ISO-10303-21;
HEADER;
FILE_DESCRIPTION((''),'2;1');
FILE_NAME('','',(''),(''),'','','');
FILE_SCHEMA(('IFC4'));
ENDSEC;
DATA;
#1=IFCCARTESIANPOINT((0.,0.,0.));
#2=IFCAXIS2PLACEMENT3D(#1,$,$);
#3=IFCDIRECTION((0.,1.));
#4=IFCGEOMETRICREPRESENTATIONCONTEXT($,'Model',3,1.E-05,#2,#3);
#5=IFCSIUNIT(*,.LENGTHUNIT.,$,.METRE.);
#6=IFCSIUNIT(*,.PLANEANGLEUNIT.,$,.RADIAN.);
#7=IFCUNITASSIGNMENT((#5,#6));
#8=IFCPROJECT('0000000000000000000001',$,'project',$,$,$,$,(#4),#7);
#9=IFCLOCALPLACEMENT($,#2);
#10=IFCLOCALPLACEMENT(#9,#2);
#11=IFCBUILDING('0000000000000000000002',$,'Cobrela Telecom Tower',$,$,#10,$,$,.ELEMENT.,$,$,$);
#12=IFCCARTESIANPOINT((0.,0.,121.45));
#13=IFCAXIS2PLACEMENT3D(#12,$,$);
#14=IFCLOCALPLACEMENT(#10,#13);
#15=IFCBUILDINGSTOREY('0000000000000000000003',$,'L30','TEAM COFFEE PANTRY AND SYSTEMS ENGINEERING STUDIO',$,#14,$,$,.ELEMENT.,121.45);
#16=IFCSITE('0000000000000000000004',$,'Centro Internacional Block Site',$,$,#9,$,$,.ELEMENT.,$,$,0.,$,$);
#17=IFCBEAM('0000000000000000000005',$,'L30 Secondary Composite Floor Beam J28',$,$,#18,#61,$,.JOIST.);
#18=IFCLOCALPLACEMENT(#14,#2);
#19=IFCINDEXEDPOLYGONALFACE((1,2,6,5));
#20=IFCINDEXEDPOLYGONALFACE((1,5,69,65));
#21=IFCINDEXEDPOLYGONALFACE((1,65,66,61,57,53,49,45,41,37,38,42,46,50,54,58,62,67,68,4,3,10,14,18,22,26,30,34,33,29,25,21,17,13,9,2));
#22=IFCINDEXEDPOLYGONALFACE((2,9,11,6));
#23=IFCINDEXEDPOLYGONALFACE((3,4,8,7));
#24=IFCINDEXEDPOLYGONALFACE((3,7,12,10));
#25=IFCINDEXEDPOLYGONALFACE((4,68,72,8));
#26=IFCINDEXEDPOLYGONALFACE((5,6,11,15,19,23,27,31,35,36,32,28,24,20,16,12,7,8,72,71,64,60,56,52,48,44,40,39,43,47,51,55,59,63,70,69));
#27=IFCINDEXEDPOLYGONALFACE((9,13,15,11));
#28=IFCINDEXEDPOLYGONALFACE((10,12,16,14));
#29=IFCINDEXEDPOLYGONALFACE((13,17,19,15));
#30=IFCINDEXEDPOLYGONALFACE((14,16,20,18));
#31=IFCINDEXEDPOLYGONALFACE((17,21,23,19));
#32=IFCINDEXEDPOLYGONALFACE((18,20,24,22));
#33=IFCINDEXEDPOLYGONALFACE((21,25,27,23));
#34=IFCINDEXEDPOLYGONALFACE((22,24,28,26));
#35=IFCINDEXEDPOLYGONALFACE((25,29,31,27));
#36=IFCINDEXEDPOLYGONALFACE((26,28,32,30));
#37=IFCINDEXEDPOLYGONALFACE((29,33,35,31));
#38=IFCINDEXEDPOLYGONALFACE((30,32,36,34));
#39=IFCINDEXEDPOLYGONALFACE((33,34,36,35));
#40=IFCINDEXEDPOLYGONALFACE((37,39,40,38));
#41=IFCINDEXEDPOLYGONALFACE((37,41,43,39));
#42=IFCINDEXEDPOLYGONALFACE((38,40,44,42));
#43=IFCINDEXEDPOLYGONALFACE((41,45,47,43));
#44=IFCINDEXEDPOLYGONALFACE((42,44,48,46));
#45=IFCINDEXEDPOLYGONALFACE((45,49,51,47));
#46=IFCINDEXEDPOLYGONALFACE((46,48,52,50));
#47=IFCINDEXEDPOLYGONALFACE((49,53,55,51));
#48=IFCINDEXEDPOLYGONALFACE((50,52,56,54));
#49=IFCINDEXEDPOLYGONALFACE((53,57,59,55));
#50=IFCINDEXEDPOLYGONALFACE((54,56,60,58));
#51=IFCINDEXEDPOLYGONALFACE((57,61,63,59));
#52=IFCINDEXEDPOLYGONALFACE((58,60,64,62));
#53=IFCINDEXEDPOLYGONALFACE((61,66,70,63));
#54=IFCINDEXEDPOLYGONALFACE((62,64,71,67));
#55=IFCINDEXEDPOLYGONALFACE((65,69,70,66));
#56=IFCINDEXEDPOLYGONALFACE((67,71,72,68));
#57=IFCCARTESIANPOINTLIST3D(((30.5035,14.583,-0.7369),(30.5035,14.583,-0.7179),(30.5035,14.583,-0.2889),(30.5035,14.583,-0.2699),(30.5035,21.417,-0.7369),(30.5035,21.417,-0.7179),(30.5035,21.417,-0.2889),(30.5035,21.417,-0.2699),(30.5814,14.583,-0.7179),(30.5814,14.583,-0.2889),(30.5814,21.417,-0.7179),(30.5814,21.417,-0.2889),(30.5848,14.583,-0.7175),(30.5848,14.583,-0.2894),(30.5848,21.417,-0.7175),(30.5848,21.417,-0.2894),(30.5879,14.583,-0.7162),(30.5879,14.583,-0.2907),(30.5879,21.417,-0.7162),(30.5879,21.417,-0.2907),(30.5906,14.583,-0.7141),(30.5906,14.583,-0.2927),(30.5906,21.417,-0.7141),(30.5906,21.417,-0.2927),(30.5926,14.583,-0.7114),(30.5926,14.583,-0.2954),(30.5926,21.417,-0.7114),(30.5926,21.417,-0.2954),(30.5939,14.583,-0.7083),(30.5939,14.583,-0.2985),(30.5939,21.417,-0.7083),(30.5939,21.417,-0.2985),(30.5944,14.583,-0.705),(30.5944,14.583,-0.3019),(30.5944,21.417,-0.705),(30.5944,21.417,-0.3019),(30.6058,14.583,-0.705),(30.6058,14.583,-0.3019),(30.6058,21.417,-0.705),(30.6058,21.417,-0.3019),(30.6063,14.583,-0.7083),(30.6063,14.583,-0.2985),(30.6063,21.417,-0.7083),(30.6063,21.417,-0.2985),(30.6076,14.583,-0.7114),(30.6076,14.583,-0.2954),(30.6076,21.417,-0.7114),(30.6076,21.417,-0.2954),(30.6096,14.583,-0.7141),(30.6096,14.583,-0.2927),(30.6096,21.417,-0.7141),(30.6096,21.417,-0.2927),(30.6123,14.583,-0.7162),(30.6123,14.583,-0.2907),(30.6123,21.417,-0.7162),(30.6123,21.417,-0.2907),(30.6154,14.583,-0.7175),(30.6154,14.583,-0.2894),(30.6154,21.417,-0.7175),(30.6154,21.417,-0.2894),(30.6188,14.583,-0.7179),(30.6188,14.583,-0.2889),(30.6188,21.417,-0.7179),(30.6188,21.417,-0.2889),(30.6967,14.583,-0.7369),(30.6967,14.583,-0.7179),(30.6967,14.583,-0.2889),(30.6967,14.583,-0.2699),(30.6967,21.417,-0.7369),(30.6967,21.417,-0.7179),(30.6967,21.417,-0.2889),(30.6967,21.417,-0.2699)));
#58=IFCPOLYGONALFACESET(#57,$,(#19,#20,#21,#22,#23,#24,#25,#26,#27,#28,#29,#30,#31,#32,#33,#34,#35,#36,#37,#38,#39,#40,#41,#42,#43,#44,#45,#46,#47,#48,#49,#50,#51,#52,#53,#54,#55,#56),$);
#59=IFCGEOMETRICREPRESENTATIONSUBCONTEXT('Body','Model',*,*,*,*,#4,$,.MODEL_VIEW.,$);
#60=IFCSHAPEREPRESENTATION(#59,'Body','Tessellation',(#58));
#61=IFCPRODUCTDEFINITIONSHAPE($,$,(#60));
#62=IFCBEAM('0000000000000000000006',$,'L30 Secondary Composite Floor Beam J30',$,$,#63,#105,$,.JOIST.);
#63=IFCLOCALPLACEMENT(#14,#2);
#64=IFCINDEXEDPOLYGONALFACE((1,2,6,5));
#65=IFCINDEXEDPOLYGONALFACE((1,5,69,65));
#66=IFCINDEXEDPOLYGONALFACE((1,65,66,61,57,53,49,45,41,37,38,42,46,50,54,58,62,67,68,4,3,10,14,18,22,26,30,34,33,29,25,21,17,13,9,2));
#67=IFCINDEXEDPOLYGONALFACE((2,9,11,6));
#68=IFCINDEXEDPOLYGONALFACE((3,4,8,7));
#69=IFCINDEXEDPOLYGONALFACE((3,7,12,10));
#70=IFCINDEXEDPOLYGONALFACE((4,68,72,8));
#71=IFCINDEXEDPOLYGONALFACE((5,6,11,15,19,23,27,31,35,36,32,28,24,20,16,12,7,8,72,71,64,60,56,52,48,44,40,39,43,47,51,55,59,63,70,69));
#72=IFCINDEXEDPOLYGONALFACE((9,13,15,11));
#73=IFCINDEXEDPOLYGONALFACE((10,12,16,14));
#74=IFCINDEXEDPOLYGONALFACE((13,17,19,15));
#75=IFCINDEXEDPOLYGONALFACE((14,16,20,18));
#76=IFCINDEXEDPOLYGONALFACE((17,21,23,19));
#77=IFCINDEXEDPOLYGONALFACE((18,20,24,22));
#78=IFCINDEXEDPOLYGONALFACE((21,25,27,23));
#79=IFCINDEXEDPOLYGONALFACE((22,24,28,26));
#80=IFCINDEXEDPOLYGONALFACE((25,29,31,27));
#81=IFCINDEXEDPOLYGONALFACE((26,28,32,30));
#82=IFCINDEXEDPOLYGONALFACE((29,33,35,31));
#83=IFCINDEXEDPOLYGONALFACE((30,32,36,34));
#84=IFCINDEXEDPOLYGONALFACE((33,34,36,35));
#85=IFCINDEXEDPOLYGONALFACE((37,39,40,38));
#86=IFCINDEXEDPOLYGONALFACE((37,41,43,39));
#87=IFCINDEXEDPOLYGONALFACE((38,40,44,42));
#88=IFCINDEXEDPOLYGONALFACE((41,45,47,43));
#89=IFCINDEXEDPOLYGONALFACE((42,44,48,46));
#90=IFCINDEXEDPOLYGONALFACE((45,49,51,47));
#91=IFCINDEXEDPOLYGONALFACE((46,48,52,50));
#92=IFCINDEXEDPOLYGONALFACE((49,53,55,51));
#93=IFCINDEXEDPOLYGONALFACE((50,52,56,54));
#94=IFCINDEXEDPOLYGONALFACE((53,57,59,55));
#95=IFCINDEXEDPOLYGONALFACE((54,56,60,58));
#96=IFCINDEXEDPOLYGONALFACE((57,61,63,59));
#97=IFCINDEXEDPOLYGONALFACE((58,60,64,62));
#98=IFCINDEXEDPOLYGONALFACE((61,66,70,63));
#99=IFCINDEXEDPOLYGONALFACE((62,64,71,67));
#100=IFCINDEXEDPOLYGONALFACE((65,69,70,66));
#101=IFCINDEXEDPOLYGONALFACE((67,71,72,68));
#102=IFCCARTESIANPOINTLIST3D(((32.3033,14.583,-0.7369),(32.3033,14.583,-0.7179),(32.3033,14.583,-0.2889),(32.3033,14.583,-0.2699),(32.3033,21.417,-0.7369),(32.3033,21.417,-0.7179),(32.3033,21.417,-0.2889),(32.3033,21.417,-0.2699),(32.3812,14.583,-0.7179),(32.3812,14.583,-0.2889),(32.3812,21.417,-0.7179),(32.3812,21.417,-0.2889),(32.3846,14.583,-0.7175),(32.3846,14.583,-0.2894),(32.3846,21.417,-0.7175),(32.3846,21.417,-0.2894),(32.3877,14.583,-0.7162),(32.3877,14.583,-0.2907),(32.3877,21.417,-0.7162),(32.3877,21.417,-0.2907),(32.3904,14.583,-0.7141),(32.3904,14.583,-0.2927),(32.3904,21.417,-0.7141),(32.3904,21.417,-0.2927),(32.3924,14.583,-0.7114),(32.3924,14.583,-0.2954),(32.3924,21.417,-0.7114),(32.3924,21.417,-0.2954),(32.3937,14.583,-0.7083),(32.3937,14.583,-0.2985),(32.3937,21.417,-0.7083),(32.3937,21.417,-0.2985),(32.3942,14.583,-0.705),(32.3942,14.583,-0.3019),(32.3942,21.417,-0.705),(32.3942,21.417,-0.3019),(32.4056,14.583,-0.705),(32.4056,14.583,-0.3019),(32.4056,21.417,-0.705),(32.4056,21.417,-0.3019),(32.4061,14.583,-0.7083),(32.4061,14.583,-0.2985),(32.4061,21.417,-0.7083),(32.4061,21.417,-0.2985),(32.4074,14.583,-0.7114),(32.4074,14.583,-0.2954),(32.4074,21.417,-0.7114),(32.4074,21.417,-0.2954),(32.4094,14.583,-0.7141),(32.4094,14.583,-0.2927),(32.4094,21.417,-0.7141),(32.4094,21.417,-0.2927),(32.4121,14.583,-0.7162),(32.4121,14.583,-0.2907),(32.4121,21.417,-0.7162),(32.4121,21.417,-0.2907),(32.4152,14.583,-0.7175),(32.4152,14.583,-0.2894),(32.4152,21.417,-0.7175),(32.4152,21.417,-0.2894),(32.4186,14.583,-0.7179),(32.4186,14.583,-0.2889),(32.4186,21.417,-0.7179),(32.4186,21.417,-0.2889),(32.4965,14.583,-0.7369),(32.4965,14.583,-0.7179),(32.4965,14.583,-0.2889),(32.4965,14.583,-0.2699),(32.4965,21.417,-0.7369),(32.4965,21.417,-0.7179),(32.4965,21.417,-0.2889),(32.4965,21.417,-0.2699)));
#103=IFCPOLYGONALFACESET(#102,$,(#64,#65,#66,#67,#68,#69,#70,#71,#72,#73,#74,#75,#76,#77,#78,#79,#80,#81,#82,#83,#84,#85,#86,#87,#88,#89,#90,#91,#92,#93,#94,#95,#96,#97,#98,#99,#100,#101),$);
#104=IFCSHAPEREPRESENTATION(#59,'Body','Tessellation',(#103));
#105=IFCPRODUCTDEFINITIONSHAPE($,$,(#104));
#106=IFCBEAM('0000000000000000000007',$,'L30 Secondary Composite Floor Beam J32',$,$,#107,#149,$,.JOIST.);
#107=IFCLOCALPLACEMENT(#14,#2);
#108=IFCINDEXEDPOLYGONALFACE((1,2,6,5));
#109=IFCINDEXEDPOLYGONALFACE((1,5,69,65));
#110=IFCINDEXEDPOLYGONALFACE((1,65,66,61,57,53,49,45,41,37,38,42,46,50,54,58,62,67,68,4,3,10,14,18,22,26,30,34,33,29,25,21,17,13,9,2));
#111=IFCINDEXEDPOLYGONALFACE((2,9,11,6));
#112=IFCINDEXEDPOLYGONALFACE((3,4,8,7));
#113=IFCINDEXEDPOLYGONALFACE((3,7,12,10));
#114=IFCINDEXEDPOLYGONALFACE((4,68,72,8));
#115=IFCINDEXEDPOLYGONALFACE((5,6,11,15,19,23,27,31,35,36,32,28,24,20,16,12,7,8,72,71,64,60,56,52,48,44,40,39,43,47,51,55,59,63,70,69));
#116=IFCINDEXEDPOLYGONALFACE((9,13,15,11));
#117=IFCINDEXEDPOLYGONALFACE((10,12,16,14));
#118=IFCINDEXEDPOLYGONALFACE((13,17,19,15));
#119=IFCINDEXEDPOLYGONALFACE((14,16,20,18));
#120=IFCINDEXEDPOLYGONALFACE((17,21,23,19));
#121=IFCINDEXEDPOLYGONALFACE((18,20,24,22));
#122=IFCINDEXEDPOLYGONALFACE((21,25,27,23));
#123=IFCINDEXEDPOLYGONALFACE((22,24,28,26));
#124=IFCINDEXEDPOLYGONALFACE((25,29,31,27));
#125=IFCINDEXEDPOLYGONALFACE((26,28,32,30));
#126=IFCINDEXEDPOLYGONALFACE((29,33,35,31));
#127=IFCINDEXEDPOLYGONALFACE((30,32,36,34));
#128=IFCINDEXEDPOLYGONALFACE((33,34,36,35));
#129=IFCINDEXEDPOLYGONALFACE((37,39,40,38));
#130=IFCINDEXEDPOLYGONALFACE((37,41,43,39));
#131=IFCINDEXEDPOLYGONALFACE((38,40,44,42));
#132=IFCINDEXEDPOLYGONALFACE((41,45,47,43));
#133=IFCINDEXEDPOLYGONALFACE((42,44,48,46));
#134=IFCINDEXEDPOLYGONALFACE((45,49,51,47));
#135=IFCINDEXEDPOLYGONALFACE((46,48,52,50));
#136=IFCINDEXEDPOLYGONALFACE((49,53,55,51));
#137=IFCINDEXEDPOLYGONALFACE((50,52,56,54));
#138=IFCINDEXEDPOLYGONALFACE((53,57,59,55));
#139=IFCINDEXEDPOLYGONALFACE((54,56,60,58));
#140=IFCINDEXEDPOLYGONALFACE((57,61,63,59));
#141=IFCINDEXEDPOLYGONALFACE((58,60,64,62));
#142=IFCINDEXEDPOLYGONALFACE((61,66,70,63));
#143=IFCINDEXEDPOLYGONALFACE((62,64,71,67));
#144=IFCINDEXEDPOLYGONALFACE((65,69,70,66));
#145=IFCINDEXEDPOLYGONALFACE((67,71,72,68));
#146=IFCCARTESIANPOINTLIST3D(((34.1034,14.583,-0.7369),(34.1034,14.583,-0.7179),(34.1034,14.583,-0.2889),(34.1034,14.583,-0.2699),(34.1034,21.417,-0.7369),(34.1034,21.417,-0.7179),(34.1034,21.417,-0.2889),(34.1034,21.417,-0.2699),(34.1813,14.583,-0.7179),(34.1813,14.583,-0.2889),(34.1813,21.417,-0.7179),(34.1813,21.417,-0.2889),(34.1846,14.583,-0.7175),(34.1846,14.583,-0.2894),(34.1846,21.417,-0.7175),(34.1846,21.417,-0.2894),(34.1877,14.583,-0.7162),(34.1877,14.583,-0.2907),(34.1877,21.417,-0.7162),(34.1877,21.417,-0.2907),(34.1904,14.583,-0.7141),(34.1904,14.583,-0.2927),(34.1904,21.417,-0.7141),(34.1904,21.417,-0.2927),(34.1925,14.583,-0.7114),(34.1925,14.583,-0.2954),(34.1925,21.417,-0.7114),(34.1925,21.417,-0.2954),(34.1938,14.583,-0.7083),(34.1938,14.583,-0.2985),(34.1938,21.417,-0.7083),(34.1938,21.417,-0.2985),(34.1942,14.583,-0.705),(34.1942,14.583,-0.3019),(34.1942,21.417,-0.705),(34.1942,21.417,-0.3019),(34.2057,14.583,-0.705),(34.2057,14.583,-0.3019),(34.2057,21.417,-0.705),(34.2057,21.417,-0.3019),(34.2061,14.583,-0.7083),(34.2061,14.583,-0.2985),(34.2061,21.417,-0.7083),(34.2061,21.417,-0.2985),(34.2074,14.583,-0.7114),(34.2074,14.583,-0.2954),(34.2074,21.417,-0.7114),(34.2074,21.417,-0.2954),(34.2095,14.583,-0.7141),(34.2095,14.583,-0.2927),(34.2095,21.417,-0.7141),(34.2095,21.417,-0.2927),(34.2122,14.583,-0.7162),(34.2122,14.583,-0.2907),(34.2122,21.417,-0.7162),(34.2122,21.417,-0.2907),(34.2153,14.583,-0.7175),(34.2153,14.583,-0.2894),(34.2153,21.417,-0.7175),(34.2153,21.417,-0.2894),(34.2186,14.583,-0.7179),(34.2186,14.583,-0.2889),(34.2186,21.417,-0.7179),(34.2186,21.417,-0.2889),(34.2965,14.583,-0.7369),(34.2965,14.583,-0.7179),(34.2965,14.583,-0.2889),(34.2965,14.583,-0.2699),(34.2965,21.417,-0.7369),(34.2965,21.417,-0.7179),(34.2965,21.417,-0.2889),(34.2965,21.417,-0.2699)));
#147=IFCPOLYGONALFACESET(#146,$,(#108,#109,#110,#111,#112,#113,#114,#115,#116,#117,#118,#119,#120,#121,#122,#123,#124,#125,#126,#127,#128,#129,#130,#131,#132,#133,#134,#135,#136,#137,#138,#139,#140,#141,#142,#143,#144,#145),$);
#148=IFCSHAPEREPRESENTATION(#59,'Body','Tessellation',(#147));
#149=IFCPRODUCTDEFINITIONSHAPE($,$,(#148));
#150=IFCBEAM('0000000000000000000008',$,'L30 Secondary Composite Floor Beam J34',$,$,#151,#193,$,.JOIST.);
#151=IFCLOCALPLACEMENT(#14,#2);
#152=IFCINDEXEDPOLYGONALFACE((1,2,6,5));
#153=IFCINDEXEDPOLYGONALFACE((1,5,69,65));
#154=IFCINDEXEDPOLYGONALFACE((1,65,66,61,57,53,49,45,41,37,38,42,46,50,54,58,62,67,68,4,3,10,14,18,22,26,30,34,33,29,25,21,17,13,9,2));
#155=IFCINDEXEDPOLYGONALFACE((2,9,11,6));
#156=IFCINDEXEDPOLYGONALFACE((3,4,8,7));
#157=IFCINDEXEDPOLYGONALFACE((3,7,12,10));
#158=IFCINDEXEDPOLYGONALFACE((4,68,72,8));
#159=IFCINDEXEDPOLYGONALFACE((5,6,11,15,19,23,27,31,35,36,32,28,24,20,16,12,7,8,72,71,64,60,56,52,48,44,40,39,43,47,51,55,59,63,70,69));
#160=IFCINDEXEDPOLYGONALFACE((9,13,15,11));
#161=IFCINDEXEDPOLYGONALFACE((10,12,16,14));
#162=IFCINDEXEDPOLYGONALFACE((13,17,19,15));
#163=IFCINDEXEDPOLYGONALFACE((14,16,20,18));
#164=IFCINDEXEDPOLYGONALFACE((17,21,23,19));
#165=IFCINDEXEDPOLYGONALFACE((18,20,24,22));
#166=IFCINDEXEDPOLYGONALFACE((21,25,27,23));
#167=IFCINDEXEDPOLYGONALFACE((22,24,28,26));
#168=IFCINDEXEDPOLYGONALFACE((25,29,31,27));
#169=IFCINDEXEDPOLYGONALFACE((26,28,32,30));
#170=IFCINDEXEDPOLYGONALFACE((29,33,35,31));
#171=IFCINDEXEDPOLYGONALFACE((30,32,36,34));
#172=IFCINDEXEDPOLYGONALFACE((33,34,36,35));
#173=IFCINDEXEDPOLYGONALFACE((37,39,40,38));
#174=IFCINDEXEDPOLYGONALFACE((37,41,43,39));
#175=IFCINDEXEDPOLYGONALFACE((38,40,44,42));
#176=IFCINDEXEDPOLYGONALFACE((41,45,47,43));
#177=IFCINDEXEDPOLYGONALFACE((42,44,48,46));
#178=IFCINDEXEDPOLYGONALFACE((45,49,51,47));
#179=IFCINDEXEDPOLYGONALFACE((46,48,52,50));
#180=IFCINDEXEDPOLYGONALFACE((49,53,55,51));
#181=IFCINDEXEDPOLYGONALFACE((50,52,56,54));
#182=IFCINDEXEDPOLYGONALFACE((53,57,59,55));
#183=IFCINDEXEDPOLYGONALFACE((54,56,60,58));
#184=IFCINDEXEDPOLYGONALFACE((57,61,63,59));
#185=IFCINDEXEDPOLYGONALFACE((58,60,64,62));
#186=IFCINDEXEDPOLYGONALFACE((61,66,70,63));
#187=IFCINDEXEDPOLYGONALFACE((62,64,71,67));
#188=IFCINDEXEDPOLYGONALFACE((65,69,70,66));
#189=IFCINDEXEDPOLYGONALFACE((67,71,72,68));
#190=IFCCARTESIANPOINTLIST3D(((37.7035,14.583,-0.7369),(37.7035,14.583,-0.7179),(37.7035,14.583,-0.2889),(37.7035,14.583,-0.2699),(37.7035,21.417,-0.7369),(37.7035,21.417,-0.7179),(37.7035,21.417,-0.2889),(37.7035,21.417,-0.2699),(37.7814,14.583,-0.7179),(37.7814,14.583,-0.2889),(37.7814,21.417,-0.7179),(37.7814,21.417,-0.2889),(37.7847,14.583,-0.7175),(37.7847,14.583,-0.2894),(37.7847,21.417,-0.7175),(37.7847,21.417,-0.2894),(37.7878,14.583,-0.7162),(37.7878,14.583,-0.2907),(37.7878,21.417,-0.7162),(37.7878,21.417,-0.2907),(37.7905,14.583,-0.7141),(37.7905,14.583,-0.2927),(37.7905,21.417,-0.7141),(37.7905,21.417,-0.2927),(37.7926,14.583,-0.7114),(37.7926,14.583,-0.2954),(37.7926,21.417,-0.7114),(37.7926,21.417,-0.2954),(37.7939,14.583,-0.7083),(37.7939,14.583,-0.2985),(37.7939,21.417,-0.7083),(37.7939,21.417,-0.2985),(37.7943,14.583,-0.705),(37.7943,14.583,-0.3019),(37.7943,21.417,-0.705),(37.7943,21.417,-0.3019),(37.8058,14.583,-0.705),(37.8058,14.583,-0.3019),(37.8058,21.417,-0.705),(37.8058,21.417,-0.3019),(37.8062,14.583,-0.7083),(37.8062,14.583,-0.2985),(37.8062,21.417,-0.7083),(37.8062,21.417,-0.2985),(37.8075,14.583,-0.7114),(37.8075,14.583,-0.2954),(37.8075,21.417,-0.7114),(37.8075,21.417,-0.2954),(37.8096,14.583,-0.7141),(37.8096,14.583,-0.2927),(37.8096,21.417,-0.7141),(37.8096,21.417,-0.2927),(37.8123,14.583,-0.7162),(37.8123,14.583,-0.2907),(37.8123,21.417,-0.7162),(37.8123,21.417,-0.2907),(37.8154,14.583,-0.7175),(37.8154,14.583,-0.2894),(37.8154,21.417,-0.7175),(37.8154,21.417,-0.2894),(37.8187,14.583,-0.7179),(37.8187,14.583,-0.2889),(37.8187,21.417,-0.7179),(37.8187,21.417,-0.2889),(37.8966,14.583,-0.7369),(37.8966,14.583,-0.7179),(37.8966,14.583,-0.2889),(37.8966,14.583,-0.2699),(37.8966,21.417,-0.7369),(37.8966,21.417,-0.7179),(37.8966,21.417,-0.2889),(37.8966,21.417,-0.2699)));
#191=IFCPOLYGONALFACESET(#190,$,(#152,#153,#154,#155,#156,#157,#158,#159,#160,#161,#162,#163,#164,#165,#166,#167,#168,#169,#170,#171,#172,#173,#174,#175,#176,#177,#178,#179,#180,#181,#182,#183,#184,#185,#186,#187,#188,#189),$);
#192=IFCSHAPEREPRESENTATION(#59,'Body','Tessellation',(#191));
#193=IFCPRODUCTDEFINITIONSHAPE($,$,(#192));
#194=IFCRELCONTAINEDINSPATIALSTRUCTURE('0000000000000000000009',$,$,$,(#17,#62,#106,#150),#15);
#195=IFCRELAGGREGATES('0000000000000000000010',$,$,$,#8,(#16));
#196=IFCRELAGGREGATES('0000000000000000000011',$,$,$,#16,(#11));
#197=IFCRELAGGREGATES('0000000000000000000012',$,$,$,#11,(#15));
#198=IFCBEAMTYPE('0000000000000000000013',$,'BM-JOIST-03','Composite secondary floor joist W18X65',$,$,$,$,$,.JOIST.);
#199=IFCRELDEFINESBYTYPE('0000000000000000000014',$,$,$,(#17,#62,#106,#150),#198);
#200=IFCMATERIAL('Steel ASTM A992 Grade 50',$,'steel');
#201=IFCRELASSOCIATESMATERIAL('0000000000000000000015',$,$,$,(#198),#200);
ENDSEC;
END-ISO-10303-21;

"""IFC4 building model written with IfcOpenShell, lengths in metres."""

from ifc_helpers import new_model, si_unit, direction, frame, origin, origin_2d, place, context, subcontext, project, spatial, i_section, extrude, material, material_profile, profile_set, type_object, element, save


model = new_model("IFC4")

# Units and contexts
model_context = context("Model", 3, precision=1e-05, world=origin(), true_north=direction((0.0, 1.0)))
body_context = subcontext(model_context, "Body", "Model", "MODEL_VIEW")
ifc_project = project(units=[si_unit("LENGTHUNIT", "METRE"), si_unit("PLANEANGLEUNIT", "RADIAN")], contexts=[model_context])

# Site, building, storey
site_placement = place(None, origin())
site = spatial("IfcSite", under=ifc_project, at=site_placement, Name="Centro Internacional Block Site", CompositionType="ELEMENT", RefElevation=0.0)
building_placement = place(site_placement, origin())
building = spatial("IfcBuilding", under=site, at=building_placement, Name="Cobrela Telecom Tower", CompositionType="ELEMENT")
storey_placement = place(building_placement, frame((0.0, 0.0, 121.45)))
storey = spatial("IfcBuildingStorey", under=building, at=storey_placement, Name="L30", Description="TEAM COFFEE PANTRY AND SYSTEMS ENGINEERING STUDIO", CompositionType="ELEMENT", Elevation=121.45)

# Shared definitions
ifc_material_1 = material(Name="Steel ASTM A992 Grade 50", Category="steel")

# Beams
ifc_material_profile_1 = material_profile(ifc_material_1, i_section(OverallWidth=0.1931, OverallDepth=0.467, WebThickness=0.0115, FlangeThickness=0.019, FilletRadius=0.0129, at=origin_2d()), Name="W18X65")
ifc_profile_set_1 = profile_set([ifc_material_profile_1], Name="Steel ASTM A992 Grade 50")
beam_type_1 = type_object("IfcBeamType", Name="BM-JOIST-03", Description="Composite secondary floor joist W18X65", PredefinedType="JOIST", material=ifc_profile_set_1)
for number, where, z_axis, x_axis, name in (
    (1, (30.6001, 14.583, -0.5034), (0.0, 1.0, 0.0), (-1.0, 0.0, 0.0), "L30 Secondary Composite Floor Beam J28"),
    (2, (32.3999, 14.583, -0.5034), (0.0, 1.0, 0.0), (-1.0, 0.0, 0.0), "L30 Secondary Composite Floor Beam J30"),
    (3, (34.2, 14.583, -0.5034), (0.0, 1.0, 0.0), (-1.0, 0.0, 0.0), "L30 Secondary Composite Floor Beam J32"),
    (4, (37.8, 14.583, -0.5034), (0.0, 1.0, 0.0), (-1.0, 0.0, 0.0), "L30 Secondary Composite Floor Beam J34"),
):
    element("IfcBeam", number, at=place(storey_placement, frame(where, z_axis=z_axis, x_axis=x_axis)), inside=storey, type_object=beam_type_1, Name=name, PredefinedType="JOIST", context=body_context, shape_type="SweptSolid", body=[
        extrude(i_section(OverallWidth=0.1931, OverallDepth=0.467, WebThickness=0.0115, FlangeThickness=0.019, FilletRadius=0.0129, at=origin_2d()), origin(), (0.0, 0.0, 1.0), 6.834),
    ])

save(model, "model.ifc")
